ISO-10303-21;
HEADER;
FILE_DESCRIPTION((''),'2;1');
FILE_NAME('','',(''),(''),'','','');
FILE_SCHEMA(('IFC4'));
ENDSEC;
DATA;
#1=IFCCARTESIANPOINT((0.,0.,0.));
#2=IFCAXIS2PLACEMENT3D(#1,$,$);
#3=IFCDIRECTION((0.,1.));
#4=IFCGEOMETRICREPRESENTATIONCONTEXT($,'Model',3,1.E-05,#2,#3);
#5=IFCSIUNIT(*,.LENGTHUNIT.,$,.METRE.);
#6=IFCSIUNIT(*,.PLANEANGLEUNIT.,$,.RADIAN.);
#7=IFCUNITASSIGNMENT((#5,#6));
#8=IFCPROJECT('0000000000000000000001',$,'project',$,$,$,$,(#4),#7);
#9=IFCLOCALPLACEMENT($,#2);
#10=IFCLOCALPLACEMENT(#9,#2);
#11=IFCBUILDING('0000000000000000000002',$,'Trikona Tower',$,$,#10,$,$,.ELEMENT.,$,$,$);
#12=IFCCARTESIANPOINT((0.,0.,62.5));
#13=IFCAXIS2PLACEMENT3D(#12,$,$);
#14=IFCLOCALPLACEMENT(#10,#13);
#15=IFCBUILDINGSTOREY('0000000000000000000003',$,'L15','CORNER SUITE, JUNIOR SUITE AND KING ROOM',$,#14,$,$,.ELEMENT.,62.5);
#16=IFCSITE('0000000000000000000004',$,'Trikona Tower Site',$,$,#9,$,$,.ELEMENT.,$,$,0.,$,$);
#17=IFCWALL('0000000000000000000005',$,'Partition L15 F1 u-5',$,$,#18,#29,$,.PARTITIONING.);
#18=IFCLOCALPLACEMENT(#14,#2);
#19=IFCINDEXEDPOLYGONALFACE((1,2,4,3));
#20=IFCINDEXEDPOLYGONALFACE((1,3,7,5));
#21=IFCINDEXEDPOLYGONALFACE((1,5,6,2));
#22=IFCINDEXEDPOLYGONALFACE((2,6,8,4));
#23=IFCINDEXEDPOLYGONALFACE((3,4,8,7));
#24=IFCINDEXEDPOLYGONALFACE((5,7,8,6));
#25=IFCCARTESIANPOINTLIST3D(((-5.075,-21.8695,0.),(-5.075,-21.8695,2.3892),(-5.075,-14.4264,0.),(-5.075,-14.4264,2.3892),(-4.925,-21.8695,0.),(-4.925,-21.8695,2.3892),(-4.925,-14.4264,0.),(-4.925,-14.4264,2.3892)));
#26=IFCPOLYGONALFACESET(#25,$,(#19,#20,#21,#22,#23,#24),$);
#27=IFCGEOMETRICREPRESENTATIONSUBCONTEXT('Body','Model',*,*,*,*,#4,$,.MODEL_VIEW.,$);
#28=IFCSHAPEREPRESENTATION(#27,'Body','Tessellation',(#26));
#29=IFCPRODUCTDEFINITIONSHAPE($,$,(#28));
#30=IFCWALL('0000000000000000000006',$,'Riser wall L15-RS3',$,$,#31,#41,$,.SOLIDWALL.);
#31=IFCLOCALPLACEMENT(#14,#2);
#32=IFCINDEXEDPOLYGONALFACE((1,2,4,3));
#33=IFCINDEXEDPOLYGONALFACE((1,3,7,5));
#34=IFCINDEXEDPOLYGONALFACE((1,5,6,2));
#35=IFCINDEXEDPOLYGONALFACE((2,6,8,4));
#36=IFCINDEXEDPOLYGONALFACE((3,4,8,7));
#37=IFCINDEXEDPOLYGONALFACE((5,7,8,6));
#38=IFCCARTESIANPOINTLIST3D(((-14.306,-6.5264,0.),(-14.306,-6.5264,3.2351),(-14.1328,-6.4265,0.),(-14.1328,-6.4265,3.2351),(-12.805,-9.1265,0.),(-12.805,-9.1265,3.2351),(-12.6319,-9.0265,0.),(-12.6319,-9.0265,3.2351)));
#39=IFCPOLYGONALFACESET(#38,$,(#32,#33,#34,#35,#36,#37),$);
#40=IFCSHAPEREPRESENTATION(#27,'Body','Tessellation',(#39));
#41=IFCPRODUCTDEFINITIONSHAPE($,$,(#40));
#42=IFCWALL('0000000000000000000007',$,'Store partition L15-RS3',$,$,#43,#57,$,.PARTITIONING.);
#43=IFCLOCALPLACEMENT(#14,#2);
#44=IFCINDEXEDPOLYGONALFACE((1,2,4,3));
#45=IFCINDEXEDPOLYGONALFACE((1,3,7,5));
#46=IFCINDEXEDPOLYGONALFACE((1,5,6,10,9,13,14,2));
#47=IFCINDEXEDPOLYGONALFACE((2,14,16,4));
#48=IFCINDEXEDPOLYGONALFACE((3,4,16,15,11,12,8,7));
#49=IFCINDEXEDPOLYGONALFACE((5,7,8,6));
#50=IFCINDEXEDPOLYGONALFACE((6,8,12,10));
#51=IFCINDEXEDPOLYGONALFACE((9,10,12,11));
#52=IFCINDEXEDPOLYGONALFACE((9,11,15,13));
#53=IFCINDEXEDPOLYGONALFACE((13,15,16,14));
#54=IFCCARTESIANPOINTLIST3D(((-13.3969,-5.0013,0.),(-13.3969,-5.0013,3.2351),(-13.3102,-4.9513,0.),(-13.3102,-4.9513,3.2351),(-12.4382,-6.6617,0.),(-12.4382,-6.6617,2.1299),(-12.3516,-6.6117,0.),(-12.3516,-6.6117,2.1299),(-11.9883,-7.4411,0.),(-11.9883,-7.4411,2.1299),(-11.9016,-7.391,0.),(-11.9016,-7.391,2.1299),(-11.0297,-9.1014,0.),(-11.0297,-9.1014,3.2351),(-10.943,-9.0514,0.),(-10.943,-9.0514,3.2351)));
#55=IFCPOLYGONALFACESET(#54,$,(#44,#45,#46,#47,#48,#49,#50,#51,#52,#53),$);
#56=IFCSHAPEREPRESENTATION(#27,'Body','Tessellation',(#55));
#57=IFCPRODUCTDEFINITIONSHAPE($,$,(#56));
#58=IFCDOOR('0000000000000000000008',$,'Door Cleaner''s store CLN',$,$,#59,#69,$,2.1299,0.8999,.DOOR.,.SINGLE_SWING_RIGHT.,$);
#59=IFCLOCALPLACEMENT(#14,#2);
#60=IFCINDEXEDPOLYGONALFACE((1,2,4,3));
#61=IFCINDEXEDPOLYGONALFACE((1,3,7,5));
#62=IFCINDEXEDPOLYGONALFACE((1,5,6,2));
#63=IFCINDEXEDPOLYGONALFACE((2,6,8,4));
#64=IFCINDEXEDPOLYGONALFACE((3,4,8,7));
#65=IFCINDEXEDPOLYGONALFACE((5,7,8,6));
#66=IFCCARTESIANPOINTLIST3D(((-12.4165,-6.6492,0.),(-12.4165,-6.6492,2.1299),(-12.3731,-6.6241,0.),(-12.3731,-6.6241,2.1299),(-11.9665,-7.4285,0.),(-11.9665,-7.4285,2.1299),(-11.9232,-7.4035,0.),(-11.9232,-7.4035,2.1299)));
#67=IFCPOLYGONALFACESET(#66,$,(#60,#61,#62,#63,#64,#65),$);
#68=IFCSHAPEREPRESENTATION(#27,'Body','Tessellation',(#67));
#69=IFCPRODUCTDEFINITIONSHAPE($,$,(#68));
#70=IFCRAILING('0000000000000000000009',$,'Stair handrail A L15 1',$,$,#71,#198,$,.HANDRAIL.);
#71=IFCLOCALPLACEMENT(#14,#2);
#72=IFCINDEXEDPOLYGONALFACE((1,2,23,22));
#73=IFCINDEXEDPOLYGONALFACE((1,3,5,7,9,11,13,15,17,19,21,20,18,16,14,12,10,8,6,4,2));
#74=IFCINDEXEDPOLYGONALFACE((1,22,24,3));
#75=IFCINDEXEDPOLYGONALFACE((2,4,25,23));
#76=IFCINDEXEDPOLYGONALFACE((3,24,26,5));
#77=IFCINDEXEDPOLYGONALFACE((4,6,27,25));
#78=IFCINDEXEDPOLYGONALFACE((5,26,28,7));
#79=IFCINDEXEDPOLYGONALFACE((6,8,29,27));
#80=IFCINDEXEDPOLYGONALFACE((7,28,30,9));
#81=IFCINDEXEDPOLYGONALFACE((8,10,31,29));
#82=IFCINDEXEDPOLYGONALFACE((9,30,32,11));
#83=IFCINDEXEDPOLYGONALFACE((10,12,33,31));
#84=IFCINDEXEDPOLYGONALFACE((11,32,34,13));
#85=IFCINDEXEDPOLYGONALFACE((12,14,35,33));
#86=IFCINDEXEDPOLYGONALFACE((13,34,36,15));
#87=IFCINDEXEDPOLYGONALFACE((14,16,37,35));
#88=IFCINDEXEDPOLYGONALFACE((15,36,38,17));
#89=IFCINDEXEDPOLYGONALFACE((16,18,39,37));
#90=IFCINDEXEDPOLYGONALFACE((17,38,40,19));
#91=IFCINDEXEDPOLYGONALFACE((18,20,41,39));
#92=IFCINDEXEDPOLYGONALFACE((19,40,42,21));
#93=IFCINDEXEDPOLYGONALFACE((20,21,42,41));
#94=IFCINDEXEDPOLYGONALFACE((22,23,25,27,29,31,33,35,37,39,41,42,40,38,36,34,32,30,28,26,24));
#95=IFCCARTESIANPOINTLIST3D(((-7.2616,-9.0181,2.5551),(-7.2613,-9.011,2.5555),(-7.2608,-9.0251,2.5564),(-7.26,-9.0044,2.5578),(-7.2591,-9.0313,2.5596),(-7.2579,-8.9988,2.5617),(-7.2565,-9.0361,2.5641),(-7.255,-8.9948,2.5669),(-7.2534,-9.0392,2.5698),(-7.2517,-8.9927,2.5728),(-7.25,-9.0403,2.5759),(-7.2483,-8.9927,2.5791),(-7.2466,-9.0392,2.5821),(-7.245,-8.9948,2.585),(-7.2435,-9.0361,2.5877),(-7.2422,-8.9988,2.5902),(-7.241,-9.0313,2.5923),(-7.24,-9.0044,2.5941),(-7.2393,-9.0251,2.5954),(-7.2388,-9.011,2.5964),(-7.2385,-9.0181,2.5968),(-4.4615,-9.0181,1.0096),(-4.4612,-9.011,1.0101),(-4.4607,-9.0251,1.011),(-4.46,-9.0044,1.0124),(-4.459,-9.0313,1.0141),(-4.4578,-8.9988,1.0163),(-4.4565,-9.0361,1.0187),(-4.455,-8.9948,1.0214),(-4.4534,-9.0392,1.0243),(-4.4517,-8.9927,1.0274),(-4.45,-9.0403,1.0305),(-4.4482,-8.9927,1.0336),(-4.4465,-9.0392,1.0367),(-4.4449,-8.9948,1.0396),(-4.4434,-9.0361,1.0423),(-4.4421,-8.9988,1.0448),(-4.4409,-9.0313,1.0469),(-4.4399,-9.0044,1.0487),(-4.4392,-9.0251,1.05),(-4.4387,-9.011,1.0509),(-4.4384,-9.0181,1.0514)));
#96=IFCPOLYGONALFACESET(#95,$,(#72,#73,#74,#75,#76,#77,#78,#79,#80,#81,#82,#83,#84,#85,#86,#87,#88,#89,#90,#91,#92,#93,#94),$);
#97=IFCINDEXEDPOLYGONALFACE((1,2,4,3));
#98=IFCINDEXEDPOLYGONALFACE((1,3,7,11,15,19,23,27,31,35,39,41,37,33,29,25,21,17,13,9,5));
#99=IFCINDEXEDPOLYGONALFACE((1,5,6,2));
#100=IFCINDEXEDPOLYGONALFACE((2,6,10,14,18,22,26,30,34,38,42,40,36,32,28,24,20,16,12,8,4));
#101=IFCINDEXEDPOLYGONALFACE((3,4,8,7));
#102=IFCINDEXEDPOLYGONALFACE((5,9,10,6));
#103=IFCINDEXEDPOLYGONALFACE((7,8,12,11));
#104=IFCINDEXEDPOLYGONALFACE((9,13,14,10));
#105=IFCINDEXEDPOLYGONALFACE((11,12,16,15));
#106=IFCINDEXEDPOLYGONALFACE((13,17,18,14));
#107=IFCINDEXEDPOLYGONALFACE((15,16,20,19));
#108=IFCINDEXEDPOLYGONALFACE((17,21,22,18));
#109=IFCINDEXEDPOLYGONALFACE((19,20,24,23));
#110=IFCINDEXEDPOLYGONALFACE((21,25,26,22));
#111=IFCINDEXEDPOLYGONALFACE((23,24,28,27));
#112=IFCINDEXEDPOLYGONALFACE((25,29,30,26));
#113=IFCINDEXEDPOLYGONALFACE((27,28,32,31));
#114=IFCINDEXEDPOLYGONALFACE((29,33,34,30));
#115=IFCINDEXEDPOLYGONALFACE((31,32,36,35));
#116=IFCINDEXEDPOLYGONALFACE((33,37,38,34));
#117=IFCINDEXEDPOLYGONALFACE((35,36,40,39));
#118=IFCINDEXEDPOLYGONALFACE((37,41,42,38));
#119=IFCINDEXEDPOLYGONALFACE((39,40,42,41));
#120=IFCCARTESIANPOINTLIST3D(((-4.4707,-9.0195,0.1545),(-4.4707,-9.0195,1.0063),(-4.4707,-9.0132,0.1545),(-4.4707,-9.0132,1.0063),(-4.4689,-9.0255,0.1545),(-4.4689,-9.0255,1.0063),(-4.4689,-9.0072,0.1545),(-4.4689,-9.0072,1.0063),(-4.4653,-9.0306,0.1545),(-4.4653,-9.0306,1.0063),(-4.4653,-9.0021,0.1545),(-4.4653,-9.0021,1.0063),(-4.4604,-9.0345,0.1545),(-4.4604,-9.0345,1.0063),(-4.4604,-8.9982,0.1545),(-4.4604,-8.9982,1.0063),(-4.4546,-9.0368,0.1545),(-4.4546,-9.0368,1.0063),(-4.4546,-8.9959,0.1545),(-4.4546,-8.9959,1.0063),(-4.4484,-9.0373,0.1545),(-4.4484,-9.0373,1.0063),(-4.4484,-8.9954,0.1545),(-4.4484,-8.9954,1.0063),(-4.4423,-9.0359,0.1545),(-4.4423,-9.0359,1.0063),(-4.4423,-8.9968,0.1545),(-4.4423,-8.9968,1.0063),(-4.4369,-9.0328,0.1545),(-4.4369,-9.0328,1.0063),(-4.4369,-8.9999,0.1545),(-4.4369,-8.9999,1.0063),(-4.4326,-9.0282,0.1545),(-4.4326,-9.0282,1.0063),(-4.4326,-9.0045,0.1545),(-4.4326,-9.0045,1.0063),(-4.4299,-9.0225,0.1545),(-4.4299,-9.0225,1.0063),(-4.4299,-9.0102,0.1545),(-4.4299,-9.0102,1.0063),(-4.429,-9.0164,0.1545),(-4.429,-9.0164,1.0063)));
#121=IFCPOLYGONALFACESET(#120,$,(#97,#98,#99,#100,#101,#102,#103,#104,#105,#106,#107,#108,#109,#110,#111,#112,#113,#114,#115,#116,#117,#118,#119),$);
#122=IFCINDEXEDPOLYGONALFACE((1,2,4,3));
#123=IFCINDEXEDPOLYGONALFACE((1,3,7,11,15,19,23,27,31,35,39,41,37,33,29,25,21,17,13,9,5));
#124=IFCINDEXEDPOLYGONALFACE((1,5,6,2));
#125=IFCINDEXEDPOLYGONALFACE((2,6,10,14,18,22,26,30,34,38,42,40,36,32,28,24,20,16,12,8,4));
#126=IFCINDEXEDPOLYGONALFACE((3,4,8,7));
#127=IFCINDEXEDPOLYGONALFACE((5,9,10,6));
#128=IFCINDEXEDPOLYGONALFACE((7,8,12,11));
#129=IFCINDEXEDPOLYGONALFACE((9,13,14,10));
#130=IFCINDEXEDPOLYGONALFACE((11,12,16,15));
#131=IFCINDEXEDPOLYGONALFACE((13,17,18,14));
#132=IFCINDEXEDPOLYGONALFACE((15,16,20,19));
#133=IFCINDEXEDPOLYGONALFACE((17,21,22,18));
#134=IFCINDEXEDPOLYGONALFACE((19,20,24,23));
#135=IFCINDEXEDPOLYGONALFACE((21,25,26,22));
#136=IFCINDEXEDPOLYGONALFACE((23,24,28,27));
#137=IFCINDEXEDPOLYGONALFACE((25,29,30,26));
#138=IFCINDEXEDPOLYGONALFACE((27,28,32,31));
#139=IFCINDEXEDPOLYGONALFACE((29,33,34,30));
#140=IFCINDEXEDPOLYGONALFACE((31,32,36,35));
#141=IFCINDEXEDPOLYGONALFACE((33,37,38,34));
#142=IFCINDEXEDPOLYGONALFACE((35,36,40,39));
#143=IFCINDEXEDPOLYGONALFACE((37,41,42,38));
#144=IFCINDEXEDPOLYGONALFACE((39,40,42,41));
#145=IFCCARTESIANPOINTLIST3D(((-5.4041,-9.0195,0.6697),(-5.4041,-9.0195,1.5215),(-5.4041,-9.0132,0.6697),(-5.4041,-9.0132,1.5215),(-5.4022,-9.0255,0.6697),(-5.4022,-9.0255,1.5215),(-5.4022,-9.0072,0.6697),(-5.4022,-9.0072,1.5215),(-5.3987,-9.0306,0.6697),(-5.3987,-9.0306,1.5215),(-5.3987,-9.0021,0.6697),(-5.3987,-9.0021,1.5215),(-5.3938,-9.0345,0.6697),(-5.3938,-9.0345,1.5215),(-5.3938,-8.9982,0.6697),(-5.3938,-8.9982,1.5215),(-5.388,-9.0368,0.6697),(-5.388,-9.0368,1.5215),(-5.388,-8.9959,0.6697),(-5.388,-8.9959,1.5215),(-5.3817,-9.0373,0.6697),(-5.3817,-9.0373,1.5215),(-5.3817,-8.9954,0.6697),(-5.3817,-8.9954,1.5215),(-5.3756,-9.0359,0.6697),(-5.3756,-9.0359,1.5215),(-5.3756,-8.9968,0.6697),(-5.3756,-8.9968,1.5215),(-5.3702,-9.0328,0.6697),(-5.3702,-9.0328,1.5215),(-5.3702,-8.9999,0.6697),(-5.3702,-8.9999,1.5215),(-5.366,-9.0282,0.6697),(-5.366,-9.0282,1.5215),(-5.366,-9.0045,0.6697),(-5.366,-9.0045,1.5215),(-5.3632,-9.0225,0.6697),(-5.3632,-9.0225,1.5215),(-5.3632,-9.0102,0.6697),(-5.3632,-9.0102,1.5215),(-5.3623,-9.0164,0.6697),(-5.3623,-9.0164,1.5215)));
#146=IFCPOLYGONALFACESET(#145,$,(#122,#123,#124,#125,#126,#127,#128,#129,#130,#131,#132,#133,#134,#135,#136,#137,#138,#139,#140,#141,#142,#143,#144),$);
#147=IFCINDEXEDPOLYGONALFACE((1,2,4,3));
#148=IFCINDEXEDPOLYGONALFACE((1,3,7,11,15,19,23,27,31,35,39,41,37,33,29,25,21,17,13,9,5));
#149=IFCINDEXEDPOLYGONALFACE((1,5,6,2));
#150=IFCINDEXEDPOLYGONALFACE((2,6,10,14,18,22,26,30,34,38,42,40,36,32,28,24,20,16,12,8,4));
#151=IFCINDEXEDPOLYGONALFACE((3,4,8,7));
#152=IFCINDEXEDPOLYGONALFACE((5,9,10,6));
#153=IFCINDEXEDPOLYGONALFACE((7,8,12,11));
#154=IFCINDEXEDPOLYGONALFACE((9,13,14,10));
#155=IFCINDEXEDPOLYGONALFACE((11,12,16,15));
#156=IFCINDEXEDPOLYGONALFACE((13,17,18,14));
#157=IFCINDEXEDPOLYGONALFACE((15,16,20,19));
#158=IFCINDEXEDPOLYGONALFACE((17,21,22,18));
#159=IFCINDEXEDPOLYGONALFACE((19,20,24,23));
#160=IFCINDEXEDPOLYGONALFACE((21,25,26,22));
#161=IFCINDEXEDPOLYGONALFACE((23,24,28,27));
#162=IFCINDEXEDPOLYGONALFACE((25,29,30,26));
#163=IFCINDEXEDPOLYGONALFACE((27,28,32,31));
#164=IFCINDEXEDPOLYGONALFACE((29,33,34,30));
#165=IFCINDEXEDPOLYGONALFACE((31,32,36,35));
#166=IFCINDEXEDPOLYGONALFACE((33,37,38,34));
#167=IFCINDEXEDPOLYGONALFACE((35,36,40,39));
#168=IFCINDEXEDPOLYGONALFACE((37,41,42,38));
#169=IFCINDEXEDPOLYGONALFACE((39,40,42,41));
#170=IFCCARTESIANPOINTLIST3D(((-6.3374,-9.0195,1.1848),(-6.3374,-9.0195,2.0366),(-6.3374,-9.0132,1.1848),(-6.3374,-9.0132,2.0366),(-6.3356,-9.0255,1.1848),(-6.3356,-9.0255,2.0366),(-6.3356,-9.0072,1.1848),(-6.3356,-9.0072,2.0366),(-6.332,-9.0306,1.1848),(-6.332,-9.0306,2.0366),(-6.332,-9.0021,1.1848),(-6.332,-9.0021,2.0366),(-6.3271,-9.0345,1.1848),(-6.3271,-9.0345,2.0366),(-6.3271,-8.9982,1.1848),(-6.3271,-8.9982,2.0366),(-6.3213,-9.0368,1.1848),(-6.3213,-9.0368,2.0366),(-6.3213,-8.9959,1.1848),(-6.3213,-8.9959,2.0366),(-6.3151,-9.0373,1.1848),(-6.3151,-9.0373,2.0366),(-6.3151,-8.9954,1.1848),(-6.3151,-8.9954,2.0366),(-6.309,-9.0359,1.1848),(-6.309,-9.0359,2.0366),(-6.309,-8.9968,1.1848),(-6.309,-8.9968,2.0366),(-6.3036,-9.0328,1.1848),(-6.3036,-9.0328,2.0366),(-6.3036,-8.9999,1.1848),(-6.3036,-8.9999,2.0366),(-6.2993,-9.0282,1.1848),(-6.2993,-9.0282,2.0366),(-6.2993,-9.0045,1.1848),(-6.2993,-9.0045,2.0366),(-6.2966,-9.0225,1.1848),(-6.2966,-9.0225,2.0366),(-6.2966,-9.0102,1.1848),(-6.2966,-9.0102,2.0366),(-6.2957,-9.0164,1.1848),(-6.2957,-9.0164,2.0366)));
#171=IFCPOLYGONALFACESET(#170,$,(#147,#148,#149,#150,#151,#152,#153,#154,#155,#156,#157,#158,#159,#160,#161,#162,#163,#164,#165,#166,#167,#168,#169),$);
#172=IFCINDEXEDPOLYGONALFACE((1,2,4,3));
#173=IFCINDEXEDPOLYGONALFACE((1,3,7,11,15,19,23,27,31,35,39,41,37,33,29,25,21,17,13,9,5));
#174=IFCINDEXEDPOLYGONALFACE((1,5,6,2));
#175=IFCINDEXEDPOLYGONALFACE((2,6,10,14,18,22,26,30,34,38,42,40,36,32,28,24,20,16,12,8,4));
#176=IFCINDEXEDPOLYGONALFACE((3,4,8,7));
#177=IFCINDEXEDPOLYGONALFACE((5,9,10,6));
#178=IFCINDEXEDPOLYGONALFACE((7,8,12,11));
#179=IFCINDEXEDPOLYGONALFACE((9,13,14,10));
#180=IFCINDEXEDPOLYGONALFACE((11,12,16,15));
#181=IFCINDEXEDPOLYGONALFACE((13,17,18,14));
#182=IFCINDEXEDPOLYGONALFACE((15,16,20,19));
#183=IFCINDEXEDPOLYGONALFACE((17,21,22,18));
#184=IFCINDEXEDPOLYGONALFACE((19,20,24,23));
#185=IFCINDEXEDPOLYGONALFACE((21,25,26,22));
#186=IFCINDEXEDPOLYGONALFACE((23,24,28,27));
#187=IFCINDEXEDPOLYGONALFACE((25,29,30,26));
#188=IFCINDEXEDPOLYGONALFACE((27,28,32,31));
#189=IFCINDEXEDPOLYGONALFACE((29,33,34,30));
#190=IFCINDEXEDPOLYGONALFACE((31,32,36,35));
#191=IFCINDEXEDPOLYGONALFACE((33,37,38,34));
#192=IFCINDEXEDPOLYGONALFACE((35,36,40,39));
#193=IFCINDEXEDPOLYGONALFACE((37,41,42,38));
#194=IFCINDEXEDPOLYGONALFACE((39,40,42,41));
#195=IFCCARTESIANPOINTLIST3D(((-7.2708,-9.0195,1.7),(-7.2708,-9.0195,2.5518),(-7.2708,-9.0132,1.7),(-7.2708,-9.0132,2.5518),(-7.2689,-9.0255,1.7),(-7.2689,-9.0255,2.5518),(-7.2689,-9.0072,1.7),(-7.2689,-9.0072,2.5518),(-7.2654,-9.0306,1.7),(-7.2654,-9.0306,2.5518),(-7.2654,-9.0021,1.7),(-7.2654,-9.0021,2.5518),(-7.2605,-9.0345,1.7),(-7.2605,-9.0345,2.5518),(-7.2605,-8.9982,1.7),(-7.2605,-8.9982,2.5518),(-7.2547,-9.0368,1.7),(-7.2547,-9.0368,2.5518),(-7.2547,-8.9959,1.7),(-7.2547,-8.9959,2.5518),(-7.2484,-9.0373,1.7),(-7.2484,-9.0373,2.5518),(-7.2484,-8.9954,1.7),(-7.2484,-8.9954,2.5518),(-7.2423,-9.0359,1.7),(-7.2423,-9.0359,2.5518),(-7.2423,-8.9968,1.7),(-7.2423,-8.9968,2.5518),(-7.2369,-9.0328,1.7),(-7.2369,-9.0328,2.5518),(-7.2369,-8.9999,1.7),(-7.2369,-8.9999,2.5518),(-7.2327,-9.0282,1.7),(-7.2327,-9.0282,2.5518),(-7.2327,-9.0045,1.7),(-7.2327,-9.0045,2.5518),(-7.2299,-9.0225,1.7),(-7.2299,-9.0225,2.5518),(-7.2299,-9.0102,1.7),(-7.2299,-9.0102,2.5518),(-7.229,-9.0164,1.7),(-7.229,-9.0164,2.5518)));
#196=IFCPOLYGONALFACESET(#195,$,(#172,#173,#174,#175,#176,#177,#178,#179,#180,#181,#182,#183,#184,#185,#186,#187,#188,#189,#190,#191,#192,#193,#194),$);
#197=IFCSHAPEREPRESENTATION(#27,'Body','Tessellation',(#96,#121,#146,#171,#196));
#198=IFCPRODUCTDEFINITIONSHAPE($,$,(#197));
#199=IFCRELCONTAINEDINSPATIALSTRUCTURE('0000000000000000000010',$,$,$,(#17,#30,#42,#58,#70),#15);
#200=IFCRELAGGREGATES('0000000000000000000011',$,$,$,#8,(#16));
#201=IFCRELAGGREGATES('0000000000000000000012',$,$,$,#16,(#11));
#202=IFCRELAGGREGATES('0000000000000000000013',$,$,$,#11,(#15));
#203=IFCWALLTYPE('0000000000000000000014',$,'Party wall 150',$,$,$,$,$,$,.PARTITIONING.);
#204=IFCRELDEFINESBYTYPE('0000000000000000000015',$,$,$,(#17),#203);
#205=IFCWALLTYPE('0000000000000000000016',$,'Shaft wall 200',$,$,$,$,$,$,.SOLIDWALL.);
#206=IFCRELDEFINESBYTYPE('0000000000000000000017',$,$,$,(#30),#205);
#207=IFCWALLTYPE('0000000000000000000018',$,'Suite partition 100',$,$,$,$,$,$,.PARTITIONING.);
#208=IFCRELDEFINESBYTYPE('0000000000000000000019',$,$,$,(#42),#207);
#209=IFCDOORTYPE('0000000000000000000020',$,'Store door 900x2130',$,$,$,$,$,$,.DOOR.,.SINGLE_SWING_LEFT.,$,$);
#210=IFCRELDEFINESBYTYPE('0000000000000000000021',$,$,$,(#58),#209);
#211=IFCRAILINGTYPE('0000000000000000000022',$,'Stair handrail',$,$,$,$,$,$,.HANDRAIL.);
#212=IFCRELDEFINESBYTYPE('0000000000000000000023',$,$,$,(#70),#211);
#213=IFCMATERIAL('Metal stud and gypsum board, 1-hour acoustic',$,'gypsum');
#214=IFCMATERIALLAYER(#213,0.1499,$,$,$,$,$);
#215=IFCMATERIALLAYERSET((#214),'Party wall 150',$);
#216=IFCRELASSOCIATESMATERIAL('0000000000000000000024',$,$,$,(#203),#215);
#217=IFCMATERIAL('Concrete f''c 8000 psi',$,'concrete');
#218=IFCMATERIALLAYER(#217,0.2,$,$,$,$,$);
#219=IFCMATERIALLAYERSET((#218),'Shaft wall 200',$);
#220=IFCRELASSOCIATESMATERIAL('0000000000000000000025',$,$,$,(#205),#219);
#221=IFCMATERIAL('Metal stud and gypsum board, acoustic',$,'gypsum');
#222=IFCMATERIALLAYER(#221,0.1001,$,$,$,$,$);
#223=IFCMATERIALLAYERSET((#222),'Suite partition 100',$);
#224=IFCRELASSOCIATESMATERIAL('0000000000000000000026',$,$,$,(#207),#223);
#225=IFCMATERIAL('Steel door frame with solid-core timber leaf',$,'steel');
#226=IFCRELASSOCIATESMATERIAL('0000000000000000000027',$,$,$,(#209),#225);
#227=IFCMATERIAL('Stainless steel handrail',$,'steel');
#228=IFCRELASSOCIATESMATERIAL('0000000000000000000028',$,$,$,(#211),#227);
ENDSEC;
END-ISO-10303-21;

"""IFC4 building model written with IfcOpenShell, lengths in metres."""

from ifc_helpers import new_model, si_unit, direction, frame, frame_2d, origin, origin_2d, place, context, subcontext, project, spatial, rectangle, circle, extrude, material, layer, layer_set, type_object, element, fill, save


model = new_model("IFC4")

# Units and contexts
model_context = context("Model", 3, precision=1e-05, world=origin(), true_north=direction((0.0, 1.0)))
body_context = subcontext(model_context, "Body", "Model", "MODEL_VIEW")
ifc_project = project(units=[si_unit("LENGTHUNIT", "METRE"), si_unit("PLANEANGLEUNIT", "RADIAN")], contexts=[model_context])

# Site, building, storey
site_placement = place(None, origin())
site = spatial("IfcSite", under=ifc_project, at=site_placement, Name="Trikona Tower Site", CompositionType="ELEMENT", RefElevation=0.0)
building_placement = place(site_placement, origin())
building = spatial("IfcBuilding", under=site, at=building_placement, Name="Trikona Tower", CompositionType="ELEMENT")
storey_placement = place(building_placement, frame((0.0, 0.0, 62.5)))
storey = spatial("IfcBuildingStorey", under=building, at=storey_placement, Name="L15", Description="CORNER SUITE, JUNIOR SUITE AND KING ROOM", CompositionType="ELEMENT", Elevation=62.5)

# Walls
ifc_material_1 = material(Name="Metal stud and gypsum board, 1-hour acoustic", Category="gypsum")
ifc_layer_1 = layer(ifc_material_1, 0.1499)
ifc_layer_set_1 = layer_set([ifc_layer_1], Name="Party wall 150")
wall_type_1 = type_object("IfcWallType", Name="Party wall 150", PredefinedType="PARTITIONING", material=ifc_layer_set_1)
wall_1_placement = place(storey_placement, frame((-5.0, -14.4263, 0.0), z_axis=(0.0, 0.0, 1.0), x_axis=(0.0, -1.0, 0.0)))
element("IfcWall", 1, at=wall_1_placement, inside=storey, type_object=wall_type_1, Name="Partition L15 F1 u-5", PredefinedType="PARTITIONING", context=body_context, shape_type="SweptSolid", body=[
    extrude(rectangle(XDim=7.4431, YDim=0.1499, at=frame_2d((3.7217, 0.0))), origin(), (0.0, 0.0, 1.0), 2.3892),
])
ifc_material_2 = material(Name="Concrete f'c 8000 psi", Category="concrete")
ifc_layer_2 = layer(ifc_material_2, 0.2)
ifc_layer_set_2 = layer_set([ifc_layer_2], Name="Shaft wall 200")
wall_type_2 = type_object("IfcWallType", Name="Shaft wall 200", PredefinedType="SOLIDWALL", material=ifc_layer_set_2)
wall_2_placement = place(storey_placement, frame((-12.7185, -9.0764, 0.0), z_axis=(0.0, 0.0, 1.0), x_axis=(-0.499952, 0.866053, 0.0)))
element("IfcWall", 2, at=wall_2_placement, inside=storey, type_object=wall_type_2, Name="Riser wall L15-RS3", PredefinedType="SOLIDWALL", context=body_context, shape_type="SweptSolid", body=[
    extrude(rectangle(XDim=3.0022, YDim=0.2, at=frame_2d((1.501, 0.0))), origin(), (0.0, 0.0, 1.0), 3.2351),
])

# Wall, opening, door
ifc_material_3 = material(Name="Metal stud and gypsum board, acoustic", Category="gypsum")
ifc_layer_3 = layer(ifc_material_3, 0.1001)
ifc_layer_set_3 = layer_set([ifc_layer_3], Name="Suite partition 100")
wall_type_3 = type_object("IfcWallType", Name="Suite partition 100", PredefinedType="PARTITIONING", material=ifc_layer_set_3)
wall_3_placement = place(storey_placement, frame((-10.9863, -9.0764, 0.0), z_axis=(0.0, 0.0, 1.0), x_axis=(-0.499999, 0.866026, 0.0)))
wall_3 = element("IfcWall", 3, at=wall_3_placement, inside=storey, type_object=wall_type_3, Name="Store partition L15-RS3", PredefinedType="PARTITIONING", context=body_context, shape_type="SweptSolid", body=[
    extrude(rectangle(XDim=4.7344, YDim=0.1001, at=frame_2d((2.3672, 0.0))), origin(), (0.0, 0.0, 1.0), 3.2351),
])
opening_1_placement = place(wall_3_placement, frame((1.9172, 0.0, 0.0)))
opening_1 = element("IfcOpeningElement", 4, at=opening_1_placement, cuts=wall_3, PredefinedType="OPENING", context=body_context, shape_type="SweptSolid", body=[
    extrude(rectangle(XDim=0.8999, YDim=2.1299, at=frame_2d((0.45, 1.0649))), frame((0.0, 0.0601, 0.0), z_axis=(0.0, -1.0, 0.0), x_axis=(1.0, 0.0, 0.0)), (0.0, 0.0, 1.0), 0.1201),
])
ifc_material_4 = material(Name="Steel door frame with solid-core timber leaf", Category="steel")
door_type_1 = type_object("IfcDoorType", Name="Store door 900x2130", OperationType="SINGLE_SWING_LEFT", PredefinedType="DOOR", material=ifc_material_4)
door_1_placement = place(opening_1_placement, origin())
door_1 = element("IfcDoor", 5, at=door_1_placement, inside=storey, type_object=door_type_1, Name="Door Cleaner's store CLN", OperationType="SINGLE_SWING_RIGHT", OverallHeight=2.1299, OverallWidth=0.8999, PredefinedType="DOOR", context=body_context, shape_type="SweptSolid", body=[
    extrude(rectangle(XDim=0.8999, YDim=2.1299, at=frame_2d((0.45, 1.0649))), frame((0.0, 0.0249, 0.0), z_axis=(0.0, -1.0, 0.0), x_axis=(1.0, 0.0, 0.0)), (0.0, 0.0, 1.0), 0.05),
])
fill(opening_1, door_1)

# Railing
ifc_material_5 = material(Name="Stainless steel handrail", Category="steel")
railing_type = type_object("IfcRailingType", Name="Stair handrail", PredefinedType="HANDRAIL", material=ifc_material_5)
railing_placement = place(storey_placement, frame((-4.45, -9.0164, 0.1545)))
element("IfcRailing", 6, at=railing_placement, inside=storey, type_object=railing_type, Name="Stair handrail A L15 1", PredefinedType="HANDRAIL", context=body_context, shape_type="SweptSolid", body=[
    extrude(circle(Radius=0.0239, at=origin_2d()), frame((0.0, 0.0, 0.876), z_axis=(-0.875504, 0.0, 0.483211), x_axis=(0.0, -1.0, 0.0)), (0.0, 0.0, 1.0), 3.1982),
    extrude(circle(Radius=0.021, at=origin_2d()), origin(), (0.0, 0.0, 1.0), 0.8518),
    extrude(circle(Radius=0.021, at=origin_2d()), frame((-0.9333, 0.0, 0.5151)), (0.0, 0.0, 1.0), 0.8518),
    extrude(circle(Radius=0.021, at=origin_2d()), frame((-1.8667, 0.0, 1.0303)), (0.0, 0.0, 1.0), 0.8518),
    extrude(circle(Radius=0.021, at=origin_2d()), frame((-2.8, 0.0, 1.5454)), (0.0, 0.0, 1.0), 0.8518),
])

save(model, "model.ifc")
